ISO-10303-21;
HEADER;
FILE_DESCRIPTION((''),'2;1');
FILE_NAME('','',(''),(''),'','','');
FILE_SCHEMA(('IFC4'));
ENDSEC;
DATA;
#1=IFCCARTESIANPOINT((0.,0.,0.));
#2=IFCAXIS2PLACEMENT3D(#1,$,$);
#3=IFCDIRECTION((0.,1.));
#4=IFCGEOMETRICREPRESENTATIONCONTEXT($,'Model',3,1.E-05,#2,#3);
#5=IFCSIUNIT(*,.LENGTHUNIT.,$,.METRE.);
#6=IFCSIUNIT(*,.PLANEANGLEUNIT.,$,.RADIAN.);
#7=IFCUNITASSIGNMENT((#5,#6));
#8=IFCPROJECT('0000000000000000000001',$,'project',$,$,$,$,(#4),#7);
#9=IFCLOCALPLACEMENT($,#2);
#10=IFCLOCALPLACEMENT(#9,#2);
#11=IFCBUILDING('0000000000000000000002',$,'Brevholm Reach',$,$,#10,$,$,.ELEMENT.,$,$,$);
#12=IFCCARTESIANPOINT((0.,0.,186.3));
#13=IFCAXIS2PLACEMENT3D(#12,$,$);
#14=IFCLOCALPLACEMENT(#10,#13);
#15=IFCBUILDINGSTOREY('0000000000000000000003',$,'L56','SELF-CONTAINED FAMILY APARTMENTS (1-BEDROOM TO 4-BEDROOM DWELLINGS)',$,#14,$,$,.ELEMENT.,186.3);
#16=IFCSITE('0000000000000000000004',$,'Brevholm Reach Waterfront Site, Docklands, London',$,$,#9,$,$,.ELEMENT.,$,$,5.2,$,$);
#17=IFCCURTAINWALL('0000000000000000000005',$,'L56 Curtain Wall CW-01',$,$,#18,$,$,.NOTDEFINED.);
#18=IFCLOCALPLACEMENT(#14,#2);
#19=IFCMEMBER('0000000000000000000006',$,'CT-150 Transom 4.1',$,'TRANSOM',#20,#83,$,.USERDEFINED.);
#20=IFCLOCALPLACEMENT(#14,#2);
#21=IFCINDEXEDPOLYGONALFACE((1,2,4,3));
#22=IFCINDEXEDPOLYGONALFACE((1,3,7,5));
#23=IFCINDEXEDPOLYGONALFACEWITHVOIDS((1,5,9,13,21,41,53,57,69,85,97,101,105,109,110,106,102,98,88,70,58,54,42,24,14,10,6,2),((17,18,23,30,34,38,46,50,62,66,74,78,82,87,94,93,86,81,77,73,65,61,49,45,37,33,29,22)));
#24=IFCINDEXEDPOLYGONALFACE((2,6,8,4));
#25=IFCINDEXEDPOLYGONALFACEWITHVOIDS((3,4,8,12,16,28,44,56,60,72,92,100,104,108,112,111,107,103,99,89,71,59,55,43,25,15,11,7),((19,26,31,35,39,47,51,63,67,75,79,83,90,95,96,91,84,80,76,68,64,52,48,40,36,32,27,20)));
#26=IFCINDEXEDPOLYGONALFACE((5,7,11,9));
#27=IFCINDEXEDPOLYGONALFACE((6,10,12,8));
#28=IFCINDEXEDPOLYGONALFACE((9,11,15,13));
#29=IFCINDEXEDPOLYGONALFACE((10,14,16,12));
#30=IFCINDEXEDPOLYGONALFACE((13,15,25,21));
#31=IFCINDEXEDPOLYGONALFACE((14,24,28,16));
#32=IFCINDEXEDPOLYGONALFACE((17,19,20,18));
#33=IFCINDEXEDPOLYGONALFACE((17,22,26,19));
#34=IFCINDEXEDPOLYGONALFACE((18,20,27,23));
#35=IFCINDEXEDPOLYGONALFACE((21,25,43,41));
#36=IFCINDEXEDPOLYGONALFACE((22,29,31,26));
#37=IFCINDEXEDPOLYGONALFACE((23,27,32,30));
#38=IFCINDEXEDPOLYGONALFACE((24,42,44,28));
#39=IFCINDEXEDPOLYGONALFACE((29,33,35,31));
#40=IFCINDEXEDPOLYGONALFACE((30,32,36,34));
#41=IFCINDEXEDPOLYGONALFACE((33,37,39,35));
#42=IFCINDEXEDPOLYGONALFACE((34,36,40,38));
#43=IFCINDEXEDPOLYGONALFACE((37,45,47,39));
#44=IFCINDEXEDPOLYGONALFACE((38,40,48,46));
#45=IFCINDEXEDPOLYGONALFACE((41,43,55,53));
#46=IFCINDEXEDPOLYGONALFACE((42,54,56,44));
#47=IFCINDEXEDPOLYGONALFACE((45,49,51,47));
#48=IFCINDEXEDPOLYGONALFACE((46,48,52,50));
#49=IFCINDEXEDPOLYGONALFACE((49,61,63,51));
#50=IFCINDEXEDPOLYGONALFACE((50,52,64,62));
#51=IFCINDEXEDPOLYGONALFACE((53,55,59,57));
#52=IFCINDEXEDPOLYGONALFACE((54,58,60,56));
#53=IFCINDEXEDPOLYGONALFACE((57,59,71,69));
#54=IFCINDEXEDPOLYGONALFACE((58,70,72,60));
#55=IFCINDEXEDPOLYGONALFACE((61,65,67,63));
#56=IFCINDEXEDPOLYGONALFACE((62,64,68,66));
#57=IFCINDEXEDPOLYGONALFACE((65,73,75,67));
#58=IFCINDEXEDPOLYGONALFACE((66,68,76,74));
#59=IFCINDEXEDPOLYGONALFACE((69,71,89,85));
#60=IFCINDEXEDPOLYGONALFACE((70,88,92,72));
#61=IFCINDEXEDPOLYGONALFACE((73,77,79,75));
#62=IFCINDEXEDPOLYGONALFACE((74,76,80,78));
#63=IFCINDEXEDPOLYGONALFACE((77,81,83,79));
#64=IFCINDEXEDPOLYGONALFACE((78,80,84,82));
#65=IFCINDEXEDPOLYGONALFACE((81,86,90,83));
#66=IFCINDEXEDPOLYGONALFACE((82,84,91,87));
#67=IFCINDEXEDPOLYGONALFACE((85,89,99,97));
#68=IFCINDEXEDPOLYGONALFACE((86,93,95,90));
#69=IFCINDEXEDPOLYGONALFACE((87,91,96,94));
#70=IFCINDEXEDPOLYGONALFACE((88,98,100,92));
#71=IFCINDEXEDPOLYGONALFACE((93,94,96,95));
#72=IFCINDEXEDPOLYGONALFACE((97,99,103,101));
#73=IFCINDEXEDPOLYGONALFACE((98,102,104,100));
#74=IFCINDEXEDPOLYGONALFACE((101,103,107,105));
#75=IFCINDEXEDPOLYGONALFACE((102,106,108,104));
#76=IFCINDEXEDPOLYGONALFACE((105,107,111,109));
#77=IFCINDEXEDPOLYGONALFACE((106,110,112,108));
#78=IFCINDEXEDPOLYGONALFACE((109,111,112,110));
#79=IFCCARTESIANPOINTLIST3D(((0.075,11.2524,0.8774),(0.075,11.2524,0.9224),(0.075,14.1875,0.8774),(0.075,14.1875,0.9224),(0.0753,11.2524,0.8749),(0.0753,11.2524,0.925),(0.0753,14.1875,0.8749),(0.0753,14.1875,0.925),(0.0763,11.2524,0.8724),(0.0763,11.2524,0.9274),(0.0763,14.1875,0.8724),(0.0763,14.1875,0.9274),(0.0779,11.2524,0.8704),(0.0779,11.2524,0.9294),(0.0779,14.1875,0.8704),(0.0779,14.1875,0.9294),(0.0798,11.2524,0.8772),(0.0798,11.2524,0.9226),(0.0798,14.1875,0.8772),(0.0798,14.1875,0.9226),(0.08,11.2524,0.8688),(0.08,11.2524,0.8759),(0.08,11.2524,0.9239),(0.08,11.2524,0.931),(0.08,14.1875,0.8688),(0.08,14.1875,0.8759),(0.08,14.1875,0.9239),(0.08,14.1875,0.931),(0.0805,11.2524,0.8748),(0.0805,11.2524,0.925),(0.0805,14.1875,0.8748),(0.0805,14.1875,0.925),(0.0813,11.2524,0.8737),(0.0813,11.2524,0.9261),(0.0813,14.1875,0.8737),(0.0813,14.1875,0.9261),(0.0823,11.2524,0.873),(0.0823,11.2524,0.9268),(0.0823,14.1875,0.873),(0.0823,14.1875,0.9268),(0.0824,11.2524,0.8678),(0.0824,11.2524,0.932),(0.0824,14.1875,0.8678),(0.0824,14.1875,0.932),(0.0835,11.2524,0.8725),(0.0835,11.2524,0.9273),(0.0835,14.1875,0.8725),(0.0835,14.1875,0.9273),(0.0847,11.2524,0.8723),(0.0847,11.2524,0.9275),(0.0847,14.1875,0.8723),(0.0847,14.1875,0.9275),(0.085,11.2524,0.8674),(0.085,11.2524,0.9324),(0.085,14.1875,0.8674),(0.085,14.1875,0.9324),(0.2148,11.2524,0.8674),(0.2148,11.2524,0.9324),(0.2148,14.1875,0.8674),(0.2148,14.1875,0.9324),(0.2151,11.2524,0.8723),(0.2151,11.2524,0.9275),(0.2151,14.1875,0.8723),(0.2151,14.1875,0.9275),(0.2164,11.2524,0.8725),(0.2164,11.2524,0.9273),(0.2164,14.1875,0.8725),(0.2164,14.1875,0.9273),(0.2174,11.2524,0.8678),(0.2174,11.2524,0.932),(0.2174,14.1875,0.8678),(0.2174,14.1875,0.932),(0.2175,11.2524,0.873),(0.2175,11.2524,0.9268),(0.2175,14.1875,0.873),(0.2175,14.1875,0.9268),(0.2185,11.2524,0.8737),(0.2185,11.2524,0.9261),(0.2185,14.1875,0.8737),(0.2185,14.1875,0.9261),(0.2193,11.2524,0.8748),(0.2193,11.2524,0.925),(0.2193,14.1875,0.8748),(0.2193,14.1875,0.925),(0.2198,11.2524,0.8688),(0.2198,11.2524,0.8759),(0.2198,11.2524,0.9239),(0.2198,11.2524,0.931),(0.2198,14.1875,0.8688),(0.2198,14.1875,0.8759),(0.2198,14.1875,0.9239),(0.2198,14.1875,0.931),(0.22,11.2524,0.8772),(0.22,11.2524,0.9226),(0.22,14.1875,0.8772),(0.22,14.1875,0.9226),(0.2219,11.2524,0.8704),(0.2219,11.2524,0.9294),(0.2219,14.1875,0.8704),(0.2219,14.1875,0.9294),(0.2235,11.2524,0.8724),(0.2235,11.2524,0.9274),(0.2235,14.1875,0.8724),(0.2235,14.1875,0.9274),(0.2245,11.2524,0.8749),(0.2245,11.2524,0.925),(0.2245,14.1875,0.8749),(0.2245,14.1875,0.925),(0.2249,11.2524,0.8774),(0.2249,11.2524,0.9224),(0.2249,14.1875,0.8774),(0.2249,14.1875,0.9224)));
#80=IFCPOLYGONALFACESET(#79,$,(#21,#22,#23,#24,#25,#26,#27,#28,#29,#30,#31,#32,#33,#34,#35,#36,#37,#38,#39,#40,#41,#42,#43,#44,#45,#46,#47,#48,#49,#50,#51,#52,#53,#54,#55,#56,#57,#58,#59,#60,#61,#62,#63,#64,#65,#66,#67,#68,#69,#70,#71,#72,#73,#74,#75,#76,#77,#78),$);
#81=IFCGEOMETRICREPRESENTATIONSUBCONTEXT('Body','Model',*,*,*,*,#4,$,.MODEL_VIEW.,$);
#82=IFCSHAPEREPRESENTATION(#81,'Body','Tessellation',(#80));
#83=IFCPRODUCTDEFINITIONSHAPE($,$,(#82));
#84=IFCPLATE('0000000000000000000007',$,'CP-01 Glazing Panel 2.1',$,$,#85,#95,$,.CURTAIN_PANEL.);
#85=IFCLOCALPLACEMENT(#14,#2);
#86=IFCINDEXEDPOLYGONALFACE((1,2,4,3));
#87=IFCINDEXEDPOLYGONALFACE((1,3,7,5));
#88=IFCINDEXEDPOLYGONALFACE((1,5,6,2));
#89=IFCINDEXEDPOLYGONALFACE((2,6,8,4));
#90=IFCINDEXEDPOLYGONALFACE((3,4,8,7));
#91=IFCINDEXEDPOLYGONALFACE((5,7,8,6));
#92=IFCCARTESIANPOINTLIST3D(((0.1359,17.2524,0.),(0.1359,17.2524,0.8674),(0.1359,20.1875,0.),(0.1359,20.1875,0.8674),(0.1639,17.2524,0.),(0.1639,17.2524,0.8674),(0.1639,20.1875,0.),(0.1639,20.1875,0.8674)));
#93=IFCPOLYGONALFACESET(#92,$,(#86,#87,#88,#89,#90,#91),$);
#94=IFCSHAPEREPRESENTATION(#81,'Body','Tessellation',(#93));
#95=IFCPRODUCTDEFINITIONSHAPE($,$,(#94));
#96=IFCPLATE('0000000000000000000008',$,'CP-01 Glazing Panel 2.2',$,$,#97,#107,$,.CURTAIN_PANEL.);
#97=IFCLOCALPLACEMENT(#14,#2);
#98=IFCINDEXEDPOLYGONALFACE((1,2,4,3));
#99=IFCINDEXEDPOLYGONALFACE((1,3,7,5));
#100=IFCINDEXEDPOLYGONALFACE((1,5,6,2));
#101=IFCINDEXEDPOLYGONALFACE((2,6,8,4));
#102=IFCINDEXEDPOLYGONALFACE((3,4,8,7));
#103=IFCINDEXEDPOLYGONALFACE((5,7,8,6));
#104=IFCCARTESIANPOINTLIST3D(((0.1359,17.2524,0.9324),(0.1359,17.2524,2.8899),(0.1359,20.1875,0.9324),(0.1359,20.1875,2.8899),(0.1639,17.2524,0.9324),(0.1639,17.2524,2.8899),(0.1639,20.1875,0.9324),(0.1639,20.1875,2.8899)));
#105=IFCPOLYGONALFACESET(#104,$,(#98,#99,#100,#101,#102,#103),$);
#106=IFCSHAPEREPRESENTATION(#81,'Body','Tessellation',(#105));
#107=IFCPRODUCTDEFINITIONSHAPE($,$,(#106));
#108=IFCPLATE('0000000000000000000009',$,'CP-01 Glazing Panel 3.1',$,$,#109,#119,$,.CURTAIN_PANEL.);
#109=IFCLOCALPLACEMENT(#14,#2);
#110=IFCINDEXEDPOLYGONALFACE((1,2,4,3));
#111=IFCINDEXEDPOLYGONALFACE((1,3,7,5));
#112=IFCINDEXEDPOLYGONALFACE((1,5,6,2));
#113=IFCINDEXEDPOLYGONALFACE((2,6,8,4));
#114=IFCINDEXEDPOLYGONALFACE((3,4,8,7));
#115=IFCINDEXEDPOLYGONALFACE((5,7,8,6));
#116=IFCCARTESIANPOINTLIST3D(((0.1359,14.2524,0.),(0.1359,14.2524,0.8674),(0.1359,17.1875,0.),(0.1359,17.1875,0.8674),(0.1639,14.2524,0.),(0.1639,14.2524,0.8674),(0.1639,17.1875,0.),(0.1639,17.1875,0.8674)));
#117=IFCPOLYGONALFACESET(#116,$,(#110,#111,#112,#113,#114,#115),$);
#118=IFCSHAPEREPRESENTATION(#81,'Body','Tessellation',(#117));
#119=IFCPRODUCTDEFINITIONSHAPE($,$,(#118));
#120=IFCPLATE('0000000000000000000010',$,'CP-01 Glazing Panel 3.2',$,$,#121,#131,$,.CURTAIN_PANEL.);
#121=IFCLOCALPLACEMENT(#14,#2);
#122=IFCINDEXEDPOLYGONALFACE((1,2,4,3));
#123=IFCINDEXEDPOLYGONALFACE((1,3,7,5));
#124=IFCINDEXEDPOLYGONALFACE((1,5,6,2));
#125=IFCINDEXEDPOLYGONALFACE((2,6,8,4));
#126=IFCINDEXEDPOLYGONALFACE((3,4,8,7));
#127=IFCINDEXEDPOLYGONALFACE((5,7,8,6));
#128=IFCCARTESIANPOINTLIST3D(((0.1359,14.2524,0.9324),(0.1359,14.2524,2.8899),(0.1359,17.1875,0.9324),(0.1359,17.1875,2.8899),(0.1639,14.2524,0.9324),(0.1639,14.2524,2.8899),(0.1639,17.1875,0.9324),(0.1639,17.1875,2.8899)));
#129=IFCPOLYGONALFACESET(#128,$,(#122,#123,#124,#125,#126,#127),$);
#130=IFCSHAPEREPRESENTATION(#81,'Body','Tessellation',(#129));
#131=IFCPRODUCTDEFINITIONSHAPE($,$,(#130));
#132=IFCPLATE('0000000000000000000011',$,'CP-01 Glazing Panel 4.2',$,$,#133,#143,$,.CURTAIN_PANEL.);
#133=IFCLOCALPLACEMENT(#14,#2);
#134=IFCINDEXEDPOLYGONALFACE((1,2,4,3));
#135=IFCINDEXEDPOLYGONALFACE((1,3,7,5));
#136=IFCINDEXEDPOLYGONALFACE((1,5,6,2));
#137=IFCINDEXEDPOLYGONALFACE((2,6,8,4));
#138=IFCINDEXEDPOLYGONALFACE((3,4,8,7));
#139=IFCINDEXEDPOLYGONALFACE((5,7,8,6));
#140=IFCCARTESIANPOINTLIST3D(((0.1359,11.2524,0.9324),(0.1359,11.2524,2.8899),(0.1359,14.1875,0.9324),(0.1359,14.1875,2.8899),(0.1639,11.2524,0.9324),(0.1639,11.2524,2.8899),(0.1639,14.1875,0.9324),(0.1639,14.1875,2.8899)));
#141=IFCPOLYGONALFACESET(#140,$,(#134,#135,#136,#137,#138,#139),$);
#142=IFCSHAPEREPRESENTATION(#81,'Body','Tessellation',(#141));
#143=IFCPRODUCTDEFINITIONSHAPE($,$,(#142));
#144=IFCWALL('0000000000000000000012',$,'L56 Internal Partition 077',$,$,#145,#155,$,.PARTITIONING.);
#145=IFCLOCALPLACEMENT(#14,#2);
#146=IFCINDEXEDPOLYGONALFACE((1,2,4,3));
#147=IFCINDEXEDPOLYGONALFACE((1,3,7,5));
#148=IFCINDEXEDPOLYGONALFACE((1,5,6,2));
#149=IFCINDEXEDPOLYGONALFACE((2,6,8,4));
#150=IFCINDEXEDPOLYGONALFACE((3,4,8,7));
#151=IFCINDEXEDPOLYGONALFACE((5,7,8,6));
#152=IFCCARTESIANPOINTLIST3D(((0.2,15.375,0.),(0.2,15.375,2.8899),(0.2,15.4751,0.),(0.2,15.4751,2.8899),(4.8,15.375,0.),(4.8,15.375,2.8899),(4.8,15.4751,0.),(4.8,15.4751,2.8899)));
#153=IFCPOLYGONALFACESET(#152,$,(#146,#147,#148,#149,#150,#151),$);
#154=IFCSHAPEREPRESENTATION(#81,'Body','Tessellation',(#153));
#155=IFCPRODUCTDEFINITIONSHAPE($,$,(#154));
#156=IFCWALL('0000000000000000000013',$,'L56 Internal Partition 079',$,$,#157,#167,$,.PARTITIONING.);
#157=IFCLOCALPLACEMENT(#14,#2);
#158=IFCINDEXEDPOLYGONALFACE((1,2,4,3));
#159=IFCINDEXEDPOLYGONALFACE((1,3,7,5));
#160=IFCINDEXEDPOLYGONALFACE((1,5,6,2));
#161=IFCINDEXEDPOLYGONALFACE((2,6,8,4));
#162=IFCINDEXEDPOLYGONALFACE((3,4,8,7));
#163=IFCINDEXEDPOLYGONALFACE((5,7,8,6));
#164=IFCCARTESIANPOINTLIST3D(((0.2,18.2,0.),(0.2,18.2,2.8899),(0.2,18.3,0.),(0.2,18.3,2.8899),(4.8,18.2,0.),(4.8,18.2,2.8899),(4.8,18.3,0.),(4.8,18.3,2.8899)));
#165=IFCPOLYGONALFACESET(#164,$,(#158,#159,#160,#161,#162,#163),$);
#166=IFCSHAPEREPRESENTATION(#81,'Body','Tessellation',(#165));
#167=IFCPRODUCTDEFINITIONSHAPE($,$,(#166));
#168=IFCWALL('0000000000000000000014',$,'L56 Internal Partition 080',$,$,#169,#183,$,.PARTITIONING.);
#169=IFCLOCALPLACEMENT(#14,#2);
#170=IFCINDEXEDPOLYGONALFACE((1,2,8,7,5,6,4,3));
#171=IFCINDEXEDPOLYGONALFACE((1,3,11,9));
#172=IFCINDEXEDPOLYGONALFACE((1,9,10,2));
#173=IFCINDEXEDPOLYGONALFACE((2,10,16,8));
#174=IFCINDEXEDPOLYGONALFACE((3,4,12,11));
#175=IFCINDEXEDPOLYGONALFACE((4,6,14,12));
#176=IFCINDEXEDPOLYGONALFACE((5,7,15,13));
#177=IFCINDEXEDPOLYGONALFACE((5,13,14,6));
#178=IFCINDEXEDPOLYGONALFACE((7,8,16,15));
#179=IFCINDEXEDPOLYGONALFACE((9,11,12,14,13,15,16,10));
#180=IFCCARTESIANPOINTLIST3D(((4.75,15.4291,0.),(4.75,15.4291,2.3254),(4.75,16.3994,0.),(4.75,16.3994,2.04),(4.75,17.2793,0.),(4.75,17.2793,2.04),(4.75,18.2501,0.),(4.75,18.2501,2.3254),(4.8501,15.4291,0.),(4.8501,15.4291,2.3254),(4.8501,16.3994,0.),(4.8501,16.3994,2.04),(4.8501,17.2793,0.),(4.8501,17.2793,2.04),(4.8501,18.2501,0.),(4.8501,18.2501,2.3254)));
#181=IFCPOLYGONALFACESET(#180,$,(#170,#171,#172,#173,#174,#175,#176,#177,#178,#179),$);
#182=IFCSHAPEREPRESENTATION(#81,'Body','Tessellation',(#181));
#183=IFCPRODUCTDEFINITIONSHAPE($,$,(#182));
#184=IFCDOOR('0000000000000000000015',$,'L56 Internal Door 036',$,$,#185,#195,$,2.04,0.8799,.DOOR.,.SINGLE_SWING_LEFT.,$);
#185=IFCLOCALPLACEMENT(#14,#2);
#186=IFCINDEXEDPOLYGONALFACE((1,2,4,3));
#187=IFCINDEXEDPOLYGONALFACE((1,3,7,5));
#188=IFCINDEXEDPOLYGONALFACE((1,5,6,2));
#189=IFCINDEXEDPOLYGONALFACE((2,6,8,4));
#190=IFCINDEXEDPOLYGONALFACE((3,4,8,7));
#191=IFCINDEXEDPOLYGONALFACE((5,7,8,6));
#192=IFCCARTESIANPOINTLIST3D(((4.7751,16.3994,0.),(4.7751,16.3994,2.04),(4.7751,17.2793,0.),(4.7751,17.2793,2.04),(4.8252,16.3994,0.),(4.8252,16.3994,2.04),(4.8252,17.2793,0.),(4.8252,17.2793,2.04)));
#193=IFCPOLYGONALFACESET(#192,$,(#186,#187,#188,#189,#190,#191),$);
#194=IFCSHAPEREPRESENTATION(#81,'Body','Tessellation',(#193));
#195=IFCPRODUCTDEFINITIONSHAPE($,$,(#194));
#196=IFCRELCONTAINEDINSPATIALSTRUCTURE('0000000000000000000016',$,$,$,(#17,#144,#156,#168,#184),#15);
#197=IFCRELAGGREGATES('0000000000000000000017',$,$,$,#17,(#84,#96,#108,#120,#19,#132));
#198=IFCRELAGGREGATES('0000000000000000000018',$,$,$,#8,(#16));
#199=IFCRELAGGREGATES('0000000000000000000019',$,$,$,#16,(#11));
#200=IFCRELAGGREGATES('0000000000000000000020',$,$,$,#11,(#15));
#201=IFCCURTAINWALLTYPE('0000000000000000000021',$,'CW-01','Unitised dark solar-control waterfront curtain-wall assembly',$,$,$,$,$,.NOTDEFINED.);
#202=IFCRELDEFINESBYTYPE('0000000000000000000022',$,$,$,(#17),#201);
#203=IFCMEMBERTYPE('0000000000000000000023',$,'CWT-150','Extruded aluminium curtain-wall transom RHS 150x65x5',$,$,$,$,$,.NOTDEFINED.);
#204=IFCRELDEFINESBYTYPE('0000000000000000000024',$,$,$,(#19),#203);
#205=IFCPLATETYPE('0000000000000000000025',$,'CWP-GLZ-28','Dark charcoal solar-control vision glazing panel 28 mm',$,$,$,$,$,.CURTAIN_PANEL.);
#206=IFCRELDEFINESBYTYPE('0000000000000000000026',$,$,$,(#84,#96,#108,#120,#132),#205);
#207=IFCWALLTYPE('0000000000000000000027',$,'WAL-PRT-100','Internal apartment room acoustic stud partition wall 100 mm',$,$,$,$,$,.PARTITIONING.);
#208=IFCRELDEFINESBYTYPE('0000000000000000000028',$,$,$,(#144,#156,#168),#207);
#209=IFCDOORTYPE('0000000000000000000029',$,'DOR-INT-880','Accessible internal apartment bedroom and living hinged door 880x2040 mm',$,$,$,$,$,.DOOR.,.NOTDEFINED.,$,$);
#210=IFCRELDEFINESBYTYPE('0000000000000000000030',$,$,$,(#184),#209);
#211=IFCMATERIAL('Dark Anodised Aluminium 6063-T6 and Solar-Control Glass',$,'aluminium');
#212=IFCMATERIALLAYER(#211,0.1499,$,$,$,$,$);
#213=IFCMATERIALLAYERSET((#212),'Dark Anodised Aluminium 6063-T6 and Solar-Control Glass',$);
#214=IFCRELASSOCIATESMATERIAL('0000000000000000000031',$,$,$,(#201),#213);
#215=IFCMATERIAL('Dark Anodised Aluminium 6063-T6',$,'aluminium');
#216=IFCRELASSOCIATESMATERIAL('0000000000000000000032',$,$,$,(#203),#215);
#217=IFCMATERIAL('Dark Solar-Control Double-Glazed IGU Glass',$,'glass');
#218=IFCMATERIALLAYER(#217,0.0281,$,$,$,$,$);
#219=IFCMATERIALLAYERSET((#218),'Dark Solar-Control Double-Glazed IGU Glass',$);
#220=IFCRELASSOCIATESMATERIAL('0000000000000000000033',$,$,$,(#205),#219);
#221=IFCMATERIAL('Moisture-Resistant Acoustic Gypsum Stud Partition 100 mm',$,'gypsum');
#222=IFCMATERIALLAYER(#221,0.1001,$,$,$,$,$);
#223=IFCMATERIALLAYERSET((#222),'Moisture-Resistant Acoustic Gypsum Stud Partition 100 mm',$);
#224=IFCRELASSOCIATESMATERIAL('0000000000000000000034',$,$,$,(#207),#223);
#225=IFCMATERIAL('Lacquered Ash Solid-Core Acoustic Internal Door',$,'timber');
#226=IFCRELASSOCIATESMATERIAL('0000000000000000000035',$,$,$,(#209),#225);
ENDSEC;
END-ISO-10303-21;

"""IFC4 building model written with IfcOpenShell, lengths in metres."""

from ifc_helpers import new_model, si_unit, direction, frame, frame_2d, origin, origin_2d, place, context, subcontext, project, spatial, rectangle, hollow_rectangle, extrude, material, layer, layer_set, material_profile, profile_set, type_object, element, fill, aggregate, save


model = new_model("IFC4")

# Units and contexts
model_context = context("Model", 3, precision=1e-05, world=origin(), true_north=direction((0.0, 1.0)))
body_context = subcontext(model_context, "Body", "Model", "MODEL_VIEW")
ifc_project = project(units=[si_unit("LENGTHUNIT", "METRE"), si_unit("PLANEANGLEUNIT", "RADIAN")], contexts=[model_context])

# Site, building, storey
site_placement = place(None, origin())
site = spatial("IfcSite", under=ifc_project, at=site_placement, Name="Brevholm Reach Waterfront Site, Docklands, London", CompositionType="ELEMENT", RefElevation=5.2)
building_placement = place(site_placement, origin())
building = spatial("IfcBuilding", under=site, at=building_placement, Name="Brevholm Reach", CompositionType="ELEMENT")
storey_placement = place(building_placement, frame((0.0, 0.0, 186.3)))
storey = spatial("IfcBuildingStorey", under=building, at=storey_placement, Name="L56", Description="SELF-CONTAINED FAMILY APARTMENTS (1-BEDROOM TO 4-BEDROOM DWELLINGS)", CompositionType="ELEMENT", Elevation=186.3)

# Curtain wall, member, plates
ifc_material_1 = material(Name="Dark Anodised Aluminium 6063-T6 and Solar-Control Glass", Category="aluminium")
ifc_layer_1 = layer(ifc_material_1, 0.1499)
ifc_layer_set_1 = layer_set([ifc_layer_1], Name="Dark Anodised Aluminium 6063-T6 and Solar-Control Glass")
curtain_wall_type = type_object("IfcCurtainWallType", Name="CW-01", Description="Unitised dark solar-control waterfront curtain-wall assembly", PredefinedType="NOTDEFINED", material=ifc_layer_set_1)
curtain_wall_placement = place(storey_placement, origin())
curtain_wall = element("IfcCurtainWall", 1, at=curtain_wall_placement, inside=storey, type_object=curtain_wall_type, Name="L56 Curtain Wall CW-01", PredefinedType="NOTDEFINED")
ifc_material_2 = material(Name="Dark Anodised Aluminium 6063-T6", Category="aluminium")
ifc_material_profile_1 = material_profile(ifc_material_2, hollow_rectangle(XDim=0.0649, YDim=0.1499, WallThickness=0.0049, InnerFilletRadius=0.0049, OuterFilletRadius=0.01, at=origin_2d()), Name="RHS 150x65x5")
ifc_profile_set_1 = profile_set([ifc_material_profile_1], Name="Dark Anodised Aluminium 6063-T6")
member_type_1 = type_object("IfcMemberType", Name="CWT-150", Description="Extruded aluminium curtain-wall transom RHS 150x65x5", PredefinedType="NOTDEFINED", material=ifc_profile_set_1)
member_1_placement = place(storey_placement, frame((0.1499, 14.1875, 0.8999), z_axis=(0.0, -1.0, 0.0), x_axis=(0.0, 0.0, 1.0)))
member_1 = element("IfcMember", 2, at=member_1_placement, type_object=member_type_1, Name="CT-150 Transom 4.1", ObjectType="TRANSOM", PredefinedType="USERDEFINED", context=body_context, shape_type="SweptSolid", body=[
    extrude(hollow_rectangle(XDim=0.0649, YDim=0.1499, WallThickness=0.0049, InnerFilletRadius=0.0049, OuterFilletRadius=0.01, at=origin_2d()), origin(), (0.0, 0.0, 1.0), 2.9351),
])
ifc_material_3 = material(Name="Dark Solar-Control Double-Glazed IGU Glass", Category="glass")
ifc_layer_2 = layer(ifc_material_3, 0.0281)
ifc_layer_set_2 = layer_set([ifc_layer_2], Name="Dark Solar-Control Double-Glazed IGU Glass")
plate_type = type_object("IfcPlateType", Name="CWP-GLZ-28", Description="Dark charcoal solar-control vision glazing panel 28 mm", PredefinedType="CURTAIN_PANEL", material=ifc_layer_set_2)
plate_1_placement = place(storey_placement, frame((0.1499, 18.72, 0.0), z_axis=(0.0, 0.0, 1.0), x_axis=(0.0, -1.0, 0.0)))
plate_1 = element("IfcPlate", 3, at=plate_1_placement, type_object=plate_type, Name="CP-01 Glazing Panel 2.1", PredefinedType="CURTAIN_PANEL", context=body_context, shape_type="SweptSolid", body=[
    extrude(rectangle(XDim=2.9351, YDim=0.0281, at=origin_2d()), origin(), (0.0, 0.0, 1.0), 0.8674),
])
plate_2_placement = place(storey_placement, frame((0.1499, 18.72, 0.9324), z_axis=(0.0, 0.0, 1.0), x_axis=(0.0, -1.0, 0.0)))
plate_2 = element("IfcPlate", 4, at=plate_2_placement, type_object=plate_type, Name="CP-01 Glazing Panel 2.2", PredefinedType="CURTAIN_PANEL", context=body_context, shape_type="SweptSolid", body=[
    extrude(rectangle(XDim=2.9351, YDim=0.0281, at=origin_2d()), origin(), (0.0, 0.0, 1.0), 1.9575),
])
plate_3_placement = place(storey_placement, frame((0.1499, 15.72, 0.0), z_axis=(0.0, 0.0, 1.0), x_axis=(0.0, -1.0, 0.0)))
plate_3 = element("IfcPlate", 5, at=plate_3_placement, type_object=plate_type, Name="CP-01 Glazing Panel 3.1", PredefinedType="CURTAIN_PANEL", context=body_context, shape_type="SweptSolid", body=[
    extrude(rectangle(XDim=2.9351, YDim=0.0281, at=origin_2d()), origin(), (0.0, 0.0, 1.0), 0.8674),
])
plate_4_placement = place(storey_placement, frame((0.1499, 15.72, 0.9324), z_axis=(0.0, 0.0, 1.0), x_axis=(0.0, -1.0, 0.0)))
plate_4 = element("IfcPlate", 6, at=plate_4_placement, type_object=plate_type, Name="CP-01 Glazing Panel 3.2", PredefinedType="CURTAIN_PANEL", context=body_context, shape_type="SweptSolid", body=[
    extrude(rectangle(XDim=2.9351, YDim=0.0281, at=origin_2d()), origin(), (0.0, 0.0, 1.0), 1.9575),
])
plate_5_placement = place(storey_placement, frame((0.1499, 12.72, 0.9324), z_axis=(0.0, 0.0, 1.0), x_axis=(0.0, -1.0, 0.0)))
plate_5 = element("IfcPlate", 7, at=plate_5_placement, type_object=plate_type, Name="CP-01 Glazing Panel 4.2", PredefinedType="CURTAIN_PANEL", context=body_context, shape_type="SweptSolid", body=[
    extrude(rectangle(XDim=2.9351, YDim=0.0281, at=origin_2d()), origin(), (0.0, 0.0, 1.0), 1.9575),
])
aggregate(curtain_wall, [plate_1, plate_2, plate_3, plate_4, member_1, plate_5])

# Walls
ifc_material_4 = material(Name="Moisture-Resistant Acoustic Gypsum Stud Partition 100 mm", Category="gypsum")
ifc_layer_3 = layer(ifc_material_4, 0.1001)
ifc_layer_set_3 = layer_set([ifc_layer_3], Name="Moisture-Resistant Acoustic Gypsum Stud Partition 100 mm")
wall_type = type_object("IfcWallType", Name="WAL-PRT-100", Description="Internal apartment room acoustic stud partition wall 100 mm", PredefinedType="PARTITIONING", material=ifc_layer_set_3)
for number, where, z_axis, x_axis, name in (
    (8, (0.2, 15.425, 0.0), (0.0, 0.0, 1.0), (1.0, 0.0, 0.0), "L56 Internal Partition 077"),
    (9, (0.2, 18.25, 0.0), (0.0, 0.0, 1.0), (1.0, 0.0, 0.0), "L56 Internal Partition 079"),
):
    element("IfcWall", number, at=place(storey_placement, frame(where, z_axis=z_axis, x_axis=x_axis)), inside=storey, type_object=wall_type, Name=name, PredefinedType="PARTITIONING", context=body_context, shape_type="SweptSolid", body=[
        extrude(rectangle(XDim=4.6001, YDim=0.1001, at=frame_2d((2.3, 0.0))), origin(), (0.0, 0.0, 1.0), 2.8899),
    ])

# Wall, opening, door
wall_1_placement = place(storey_placement, frame((4.8, 15.429, 0.0), z_axis=(0.0, 0.0, 1.0), x_axis=(0.0, 1.0, 0.0)))
wall_1 = element("IfcWall", 10, at=wall_1_placement, inside=storey, type_object=wall_type, Name="L56 Internal Partition 080", PredefinedType="PARTITIONING", context=body_context, shape_type="SweptSolid", body=[
    extrude(rectangle(XDim=2.821, YDim=0.1001, at=frame_2d((1.4106, 0.0))), origin(), (0.0, 0.0, 1.0), 2.3254),
])
opening_1_placement = place(wall_1_placement, frame((0.9705, 0.0, 0.0)))
opening_1 = element("IfcOpeningElement", 11, at=opening_1_placement, cuts=wall_1, PredefinedType="OPENING", context=body_context, shape_type="SweptSolid", body=[
    extrude(rectangle(XDim=0.8799, YDim=2.04, at=frame_2d((0.4399, 1.02))), frame((0.0, 0.0601, 0.0), z_axis=(0.0, -1.0, 0.0), x_axis=(1.0, 0.0, 0.0)), (0.0, 0.0, 1.0), 0.1201),
])
ifc_material_5 = material(Name="Lacquered Ash Solid-Core Acoustic Internal Door", Category="timber")
door_type = type_object("IfcDoorType", Name="DOR-INT-880", Description="Accessible internal apartment bedroom and living hinged door 880x2040 mm", OperationType="NOTDEFINED", PredefinedType="DOOR", material=ifc_material_5)
door_1_placement = place(opening_1_placement, origin())
door_1 = element("IfcDoor", 12, at=door_1_placement, inside=storey, type_object=door_type, Name="L56 Internal Door 036", OperationType="SINGLE_SWING_LEFT", OverallHeight=2.04, OverallWidth=0.8799, PredefinedType="DOOR", context=body_context, shape_type="SweptSolid", body=[
    extrude(rectangle(XDim=0.8799, YDim=2.04, at=frame_2d((0.4399, 1.02))), frame((0.0, 0.0249, 0.0), z_axis=(0.0, -1.0, 0.0), x_axis=(1.0, 0.0, 0.0)), (0.0, 0.0, 1.0), 0.05),
])
fill(opening_1, door_1)

save(model, "model.ifc")
